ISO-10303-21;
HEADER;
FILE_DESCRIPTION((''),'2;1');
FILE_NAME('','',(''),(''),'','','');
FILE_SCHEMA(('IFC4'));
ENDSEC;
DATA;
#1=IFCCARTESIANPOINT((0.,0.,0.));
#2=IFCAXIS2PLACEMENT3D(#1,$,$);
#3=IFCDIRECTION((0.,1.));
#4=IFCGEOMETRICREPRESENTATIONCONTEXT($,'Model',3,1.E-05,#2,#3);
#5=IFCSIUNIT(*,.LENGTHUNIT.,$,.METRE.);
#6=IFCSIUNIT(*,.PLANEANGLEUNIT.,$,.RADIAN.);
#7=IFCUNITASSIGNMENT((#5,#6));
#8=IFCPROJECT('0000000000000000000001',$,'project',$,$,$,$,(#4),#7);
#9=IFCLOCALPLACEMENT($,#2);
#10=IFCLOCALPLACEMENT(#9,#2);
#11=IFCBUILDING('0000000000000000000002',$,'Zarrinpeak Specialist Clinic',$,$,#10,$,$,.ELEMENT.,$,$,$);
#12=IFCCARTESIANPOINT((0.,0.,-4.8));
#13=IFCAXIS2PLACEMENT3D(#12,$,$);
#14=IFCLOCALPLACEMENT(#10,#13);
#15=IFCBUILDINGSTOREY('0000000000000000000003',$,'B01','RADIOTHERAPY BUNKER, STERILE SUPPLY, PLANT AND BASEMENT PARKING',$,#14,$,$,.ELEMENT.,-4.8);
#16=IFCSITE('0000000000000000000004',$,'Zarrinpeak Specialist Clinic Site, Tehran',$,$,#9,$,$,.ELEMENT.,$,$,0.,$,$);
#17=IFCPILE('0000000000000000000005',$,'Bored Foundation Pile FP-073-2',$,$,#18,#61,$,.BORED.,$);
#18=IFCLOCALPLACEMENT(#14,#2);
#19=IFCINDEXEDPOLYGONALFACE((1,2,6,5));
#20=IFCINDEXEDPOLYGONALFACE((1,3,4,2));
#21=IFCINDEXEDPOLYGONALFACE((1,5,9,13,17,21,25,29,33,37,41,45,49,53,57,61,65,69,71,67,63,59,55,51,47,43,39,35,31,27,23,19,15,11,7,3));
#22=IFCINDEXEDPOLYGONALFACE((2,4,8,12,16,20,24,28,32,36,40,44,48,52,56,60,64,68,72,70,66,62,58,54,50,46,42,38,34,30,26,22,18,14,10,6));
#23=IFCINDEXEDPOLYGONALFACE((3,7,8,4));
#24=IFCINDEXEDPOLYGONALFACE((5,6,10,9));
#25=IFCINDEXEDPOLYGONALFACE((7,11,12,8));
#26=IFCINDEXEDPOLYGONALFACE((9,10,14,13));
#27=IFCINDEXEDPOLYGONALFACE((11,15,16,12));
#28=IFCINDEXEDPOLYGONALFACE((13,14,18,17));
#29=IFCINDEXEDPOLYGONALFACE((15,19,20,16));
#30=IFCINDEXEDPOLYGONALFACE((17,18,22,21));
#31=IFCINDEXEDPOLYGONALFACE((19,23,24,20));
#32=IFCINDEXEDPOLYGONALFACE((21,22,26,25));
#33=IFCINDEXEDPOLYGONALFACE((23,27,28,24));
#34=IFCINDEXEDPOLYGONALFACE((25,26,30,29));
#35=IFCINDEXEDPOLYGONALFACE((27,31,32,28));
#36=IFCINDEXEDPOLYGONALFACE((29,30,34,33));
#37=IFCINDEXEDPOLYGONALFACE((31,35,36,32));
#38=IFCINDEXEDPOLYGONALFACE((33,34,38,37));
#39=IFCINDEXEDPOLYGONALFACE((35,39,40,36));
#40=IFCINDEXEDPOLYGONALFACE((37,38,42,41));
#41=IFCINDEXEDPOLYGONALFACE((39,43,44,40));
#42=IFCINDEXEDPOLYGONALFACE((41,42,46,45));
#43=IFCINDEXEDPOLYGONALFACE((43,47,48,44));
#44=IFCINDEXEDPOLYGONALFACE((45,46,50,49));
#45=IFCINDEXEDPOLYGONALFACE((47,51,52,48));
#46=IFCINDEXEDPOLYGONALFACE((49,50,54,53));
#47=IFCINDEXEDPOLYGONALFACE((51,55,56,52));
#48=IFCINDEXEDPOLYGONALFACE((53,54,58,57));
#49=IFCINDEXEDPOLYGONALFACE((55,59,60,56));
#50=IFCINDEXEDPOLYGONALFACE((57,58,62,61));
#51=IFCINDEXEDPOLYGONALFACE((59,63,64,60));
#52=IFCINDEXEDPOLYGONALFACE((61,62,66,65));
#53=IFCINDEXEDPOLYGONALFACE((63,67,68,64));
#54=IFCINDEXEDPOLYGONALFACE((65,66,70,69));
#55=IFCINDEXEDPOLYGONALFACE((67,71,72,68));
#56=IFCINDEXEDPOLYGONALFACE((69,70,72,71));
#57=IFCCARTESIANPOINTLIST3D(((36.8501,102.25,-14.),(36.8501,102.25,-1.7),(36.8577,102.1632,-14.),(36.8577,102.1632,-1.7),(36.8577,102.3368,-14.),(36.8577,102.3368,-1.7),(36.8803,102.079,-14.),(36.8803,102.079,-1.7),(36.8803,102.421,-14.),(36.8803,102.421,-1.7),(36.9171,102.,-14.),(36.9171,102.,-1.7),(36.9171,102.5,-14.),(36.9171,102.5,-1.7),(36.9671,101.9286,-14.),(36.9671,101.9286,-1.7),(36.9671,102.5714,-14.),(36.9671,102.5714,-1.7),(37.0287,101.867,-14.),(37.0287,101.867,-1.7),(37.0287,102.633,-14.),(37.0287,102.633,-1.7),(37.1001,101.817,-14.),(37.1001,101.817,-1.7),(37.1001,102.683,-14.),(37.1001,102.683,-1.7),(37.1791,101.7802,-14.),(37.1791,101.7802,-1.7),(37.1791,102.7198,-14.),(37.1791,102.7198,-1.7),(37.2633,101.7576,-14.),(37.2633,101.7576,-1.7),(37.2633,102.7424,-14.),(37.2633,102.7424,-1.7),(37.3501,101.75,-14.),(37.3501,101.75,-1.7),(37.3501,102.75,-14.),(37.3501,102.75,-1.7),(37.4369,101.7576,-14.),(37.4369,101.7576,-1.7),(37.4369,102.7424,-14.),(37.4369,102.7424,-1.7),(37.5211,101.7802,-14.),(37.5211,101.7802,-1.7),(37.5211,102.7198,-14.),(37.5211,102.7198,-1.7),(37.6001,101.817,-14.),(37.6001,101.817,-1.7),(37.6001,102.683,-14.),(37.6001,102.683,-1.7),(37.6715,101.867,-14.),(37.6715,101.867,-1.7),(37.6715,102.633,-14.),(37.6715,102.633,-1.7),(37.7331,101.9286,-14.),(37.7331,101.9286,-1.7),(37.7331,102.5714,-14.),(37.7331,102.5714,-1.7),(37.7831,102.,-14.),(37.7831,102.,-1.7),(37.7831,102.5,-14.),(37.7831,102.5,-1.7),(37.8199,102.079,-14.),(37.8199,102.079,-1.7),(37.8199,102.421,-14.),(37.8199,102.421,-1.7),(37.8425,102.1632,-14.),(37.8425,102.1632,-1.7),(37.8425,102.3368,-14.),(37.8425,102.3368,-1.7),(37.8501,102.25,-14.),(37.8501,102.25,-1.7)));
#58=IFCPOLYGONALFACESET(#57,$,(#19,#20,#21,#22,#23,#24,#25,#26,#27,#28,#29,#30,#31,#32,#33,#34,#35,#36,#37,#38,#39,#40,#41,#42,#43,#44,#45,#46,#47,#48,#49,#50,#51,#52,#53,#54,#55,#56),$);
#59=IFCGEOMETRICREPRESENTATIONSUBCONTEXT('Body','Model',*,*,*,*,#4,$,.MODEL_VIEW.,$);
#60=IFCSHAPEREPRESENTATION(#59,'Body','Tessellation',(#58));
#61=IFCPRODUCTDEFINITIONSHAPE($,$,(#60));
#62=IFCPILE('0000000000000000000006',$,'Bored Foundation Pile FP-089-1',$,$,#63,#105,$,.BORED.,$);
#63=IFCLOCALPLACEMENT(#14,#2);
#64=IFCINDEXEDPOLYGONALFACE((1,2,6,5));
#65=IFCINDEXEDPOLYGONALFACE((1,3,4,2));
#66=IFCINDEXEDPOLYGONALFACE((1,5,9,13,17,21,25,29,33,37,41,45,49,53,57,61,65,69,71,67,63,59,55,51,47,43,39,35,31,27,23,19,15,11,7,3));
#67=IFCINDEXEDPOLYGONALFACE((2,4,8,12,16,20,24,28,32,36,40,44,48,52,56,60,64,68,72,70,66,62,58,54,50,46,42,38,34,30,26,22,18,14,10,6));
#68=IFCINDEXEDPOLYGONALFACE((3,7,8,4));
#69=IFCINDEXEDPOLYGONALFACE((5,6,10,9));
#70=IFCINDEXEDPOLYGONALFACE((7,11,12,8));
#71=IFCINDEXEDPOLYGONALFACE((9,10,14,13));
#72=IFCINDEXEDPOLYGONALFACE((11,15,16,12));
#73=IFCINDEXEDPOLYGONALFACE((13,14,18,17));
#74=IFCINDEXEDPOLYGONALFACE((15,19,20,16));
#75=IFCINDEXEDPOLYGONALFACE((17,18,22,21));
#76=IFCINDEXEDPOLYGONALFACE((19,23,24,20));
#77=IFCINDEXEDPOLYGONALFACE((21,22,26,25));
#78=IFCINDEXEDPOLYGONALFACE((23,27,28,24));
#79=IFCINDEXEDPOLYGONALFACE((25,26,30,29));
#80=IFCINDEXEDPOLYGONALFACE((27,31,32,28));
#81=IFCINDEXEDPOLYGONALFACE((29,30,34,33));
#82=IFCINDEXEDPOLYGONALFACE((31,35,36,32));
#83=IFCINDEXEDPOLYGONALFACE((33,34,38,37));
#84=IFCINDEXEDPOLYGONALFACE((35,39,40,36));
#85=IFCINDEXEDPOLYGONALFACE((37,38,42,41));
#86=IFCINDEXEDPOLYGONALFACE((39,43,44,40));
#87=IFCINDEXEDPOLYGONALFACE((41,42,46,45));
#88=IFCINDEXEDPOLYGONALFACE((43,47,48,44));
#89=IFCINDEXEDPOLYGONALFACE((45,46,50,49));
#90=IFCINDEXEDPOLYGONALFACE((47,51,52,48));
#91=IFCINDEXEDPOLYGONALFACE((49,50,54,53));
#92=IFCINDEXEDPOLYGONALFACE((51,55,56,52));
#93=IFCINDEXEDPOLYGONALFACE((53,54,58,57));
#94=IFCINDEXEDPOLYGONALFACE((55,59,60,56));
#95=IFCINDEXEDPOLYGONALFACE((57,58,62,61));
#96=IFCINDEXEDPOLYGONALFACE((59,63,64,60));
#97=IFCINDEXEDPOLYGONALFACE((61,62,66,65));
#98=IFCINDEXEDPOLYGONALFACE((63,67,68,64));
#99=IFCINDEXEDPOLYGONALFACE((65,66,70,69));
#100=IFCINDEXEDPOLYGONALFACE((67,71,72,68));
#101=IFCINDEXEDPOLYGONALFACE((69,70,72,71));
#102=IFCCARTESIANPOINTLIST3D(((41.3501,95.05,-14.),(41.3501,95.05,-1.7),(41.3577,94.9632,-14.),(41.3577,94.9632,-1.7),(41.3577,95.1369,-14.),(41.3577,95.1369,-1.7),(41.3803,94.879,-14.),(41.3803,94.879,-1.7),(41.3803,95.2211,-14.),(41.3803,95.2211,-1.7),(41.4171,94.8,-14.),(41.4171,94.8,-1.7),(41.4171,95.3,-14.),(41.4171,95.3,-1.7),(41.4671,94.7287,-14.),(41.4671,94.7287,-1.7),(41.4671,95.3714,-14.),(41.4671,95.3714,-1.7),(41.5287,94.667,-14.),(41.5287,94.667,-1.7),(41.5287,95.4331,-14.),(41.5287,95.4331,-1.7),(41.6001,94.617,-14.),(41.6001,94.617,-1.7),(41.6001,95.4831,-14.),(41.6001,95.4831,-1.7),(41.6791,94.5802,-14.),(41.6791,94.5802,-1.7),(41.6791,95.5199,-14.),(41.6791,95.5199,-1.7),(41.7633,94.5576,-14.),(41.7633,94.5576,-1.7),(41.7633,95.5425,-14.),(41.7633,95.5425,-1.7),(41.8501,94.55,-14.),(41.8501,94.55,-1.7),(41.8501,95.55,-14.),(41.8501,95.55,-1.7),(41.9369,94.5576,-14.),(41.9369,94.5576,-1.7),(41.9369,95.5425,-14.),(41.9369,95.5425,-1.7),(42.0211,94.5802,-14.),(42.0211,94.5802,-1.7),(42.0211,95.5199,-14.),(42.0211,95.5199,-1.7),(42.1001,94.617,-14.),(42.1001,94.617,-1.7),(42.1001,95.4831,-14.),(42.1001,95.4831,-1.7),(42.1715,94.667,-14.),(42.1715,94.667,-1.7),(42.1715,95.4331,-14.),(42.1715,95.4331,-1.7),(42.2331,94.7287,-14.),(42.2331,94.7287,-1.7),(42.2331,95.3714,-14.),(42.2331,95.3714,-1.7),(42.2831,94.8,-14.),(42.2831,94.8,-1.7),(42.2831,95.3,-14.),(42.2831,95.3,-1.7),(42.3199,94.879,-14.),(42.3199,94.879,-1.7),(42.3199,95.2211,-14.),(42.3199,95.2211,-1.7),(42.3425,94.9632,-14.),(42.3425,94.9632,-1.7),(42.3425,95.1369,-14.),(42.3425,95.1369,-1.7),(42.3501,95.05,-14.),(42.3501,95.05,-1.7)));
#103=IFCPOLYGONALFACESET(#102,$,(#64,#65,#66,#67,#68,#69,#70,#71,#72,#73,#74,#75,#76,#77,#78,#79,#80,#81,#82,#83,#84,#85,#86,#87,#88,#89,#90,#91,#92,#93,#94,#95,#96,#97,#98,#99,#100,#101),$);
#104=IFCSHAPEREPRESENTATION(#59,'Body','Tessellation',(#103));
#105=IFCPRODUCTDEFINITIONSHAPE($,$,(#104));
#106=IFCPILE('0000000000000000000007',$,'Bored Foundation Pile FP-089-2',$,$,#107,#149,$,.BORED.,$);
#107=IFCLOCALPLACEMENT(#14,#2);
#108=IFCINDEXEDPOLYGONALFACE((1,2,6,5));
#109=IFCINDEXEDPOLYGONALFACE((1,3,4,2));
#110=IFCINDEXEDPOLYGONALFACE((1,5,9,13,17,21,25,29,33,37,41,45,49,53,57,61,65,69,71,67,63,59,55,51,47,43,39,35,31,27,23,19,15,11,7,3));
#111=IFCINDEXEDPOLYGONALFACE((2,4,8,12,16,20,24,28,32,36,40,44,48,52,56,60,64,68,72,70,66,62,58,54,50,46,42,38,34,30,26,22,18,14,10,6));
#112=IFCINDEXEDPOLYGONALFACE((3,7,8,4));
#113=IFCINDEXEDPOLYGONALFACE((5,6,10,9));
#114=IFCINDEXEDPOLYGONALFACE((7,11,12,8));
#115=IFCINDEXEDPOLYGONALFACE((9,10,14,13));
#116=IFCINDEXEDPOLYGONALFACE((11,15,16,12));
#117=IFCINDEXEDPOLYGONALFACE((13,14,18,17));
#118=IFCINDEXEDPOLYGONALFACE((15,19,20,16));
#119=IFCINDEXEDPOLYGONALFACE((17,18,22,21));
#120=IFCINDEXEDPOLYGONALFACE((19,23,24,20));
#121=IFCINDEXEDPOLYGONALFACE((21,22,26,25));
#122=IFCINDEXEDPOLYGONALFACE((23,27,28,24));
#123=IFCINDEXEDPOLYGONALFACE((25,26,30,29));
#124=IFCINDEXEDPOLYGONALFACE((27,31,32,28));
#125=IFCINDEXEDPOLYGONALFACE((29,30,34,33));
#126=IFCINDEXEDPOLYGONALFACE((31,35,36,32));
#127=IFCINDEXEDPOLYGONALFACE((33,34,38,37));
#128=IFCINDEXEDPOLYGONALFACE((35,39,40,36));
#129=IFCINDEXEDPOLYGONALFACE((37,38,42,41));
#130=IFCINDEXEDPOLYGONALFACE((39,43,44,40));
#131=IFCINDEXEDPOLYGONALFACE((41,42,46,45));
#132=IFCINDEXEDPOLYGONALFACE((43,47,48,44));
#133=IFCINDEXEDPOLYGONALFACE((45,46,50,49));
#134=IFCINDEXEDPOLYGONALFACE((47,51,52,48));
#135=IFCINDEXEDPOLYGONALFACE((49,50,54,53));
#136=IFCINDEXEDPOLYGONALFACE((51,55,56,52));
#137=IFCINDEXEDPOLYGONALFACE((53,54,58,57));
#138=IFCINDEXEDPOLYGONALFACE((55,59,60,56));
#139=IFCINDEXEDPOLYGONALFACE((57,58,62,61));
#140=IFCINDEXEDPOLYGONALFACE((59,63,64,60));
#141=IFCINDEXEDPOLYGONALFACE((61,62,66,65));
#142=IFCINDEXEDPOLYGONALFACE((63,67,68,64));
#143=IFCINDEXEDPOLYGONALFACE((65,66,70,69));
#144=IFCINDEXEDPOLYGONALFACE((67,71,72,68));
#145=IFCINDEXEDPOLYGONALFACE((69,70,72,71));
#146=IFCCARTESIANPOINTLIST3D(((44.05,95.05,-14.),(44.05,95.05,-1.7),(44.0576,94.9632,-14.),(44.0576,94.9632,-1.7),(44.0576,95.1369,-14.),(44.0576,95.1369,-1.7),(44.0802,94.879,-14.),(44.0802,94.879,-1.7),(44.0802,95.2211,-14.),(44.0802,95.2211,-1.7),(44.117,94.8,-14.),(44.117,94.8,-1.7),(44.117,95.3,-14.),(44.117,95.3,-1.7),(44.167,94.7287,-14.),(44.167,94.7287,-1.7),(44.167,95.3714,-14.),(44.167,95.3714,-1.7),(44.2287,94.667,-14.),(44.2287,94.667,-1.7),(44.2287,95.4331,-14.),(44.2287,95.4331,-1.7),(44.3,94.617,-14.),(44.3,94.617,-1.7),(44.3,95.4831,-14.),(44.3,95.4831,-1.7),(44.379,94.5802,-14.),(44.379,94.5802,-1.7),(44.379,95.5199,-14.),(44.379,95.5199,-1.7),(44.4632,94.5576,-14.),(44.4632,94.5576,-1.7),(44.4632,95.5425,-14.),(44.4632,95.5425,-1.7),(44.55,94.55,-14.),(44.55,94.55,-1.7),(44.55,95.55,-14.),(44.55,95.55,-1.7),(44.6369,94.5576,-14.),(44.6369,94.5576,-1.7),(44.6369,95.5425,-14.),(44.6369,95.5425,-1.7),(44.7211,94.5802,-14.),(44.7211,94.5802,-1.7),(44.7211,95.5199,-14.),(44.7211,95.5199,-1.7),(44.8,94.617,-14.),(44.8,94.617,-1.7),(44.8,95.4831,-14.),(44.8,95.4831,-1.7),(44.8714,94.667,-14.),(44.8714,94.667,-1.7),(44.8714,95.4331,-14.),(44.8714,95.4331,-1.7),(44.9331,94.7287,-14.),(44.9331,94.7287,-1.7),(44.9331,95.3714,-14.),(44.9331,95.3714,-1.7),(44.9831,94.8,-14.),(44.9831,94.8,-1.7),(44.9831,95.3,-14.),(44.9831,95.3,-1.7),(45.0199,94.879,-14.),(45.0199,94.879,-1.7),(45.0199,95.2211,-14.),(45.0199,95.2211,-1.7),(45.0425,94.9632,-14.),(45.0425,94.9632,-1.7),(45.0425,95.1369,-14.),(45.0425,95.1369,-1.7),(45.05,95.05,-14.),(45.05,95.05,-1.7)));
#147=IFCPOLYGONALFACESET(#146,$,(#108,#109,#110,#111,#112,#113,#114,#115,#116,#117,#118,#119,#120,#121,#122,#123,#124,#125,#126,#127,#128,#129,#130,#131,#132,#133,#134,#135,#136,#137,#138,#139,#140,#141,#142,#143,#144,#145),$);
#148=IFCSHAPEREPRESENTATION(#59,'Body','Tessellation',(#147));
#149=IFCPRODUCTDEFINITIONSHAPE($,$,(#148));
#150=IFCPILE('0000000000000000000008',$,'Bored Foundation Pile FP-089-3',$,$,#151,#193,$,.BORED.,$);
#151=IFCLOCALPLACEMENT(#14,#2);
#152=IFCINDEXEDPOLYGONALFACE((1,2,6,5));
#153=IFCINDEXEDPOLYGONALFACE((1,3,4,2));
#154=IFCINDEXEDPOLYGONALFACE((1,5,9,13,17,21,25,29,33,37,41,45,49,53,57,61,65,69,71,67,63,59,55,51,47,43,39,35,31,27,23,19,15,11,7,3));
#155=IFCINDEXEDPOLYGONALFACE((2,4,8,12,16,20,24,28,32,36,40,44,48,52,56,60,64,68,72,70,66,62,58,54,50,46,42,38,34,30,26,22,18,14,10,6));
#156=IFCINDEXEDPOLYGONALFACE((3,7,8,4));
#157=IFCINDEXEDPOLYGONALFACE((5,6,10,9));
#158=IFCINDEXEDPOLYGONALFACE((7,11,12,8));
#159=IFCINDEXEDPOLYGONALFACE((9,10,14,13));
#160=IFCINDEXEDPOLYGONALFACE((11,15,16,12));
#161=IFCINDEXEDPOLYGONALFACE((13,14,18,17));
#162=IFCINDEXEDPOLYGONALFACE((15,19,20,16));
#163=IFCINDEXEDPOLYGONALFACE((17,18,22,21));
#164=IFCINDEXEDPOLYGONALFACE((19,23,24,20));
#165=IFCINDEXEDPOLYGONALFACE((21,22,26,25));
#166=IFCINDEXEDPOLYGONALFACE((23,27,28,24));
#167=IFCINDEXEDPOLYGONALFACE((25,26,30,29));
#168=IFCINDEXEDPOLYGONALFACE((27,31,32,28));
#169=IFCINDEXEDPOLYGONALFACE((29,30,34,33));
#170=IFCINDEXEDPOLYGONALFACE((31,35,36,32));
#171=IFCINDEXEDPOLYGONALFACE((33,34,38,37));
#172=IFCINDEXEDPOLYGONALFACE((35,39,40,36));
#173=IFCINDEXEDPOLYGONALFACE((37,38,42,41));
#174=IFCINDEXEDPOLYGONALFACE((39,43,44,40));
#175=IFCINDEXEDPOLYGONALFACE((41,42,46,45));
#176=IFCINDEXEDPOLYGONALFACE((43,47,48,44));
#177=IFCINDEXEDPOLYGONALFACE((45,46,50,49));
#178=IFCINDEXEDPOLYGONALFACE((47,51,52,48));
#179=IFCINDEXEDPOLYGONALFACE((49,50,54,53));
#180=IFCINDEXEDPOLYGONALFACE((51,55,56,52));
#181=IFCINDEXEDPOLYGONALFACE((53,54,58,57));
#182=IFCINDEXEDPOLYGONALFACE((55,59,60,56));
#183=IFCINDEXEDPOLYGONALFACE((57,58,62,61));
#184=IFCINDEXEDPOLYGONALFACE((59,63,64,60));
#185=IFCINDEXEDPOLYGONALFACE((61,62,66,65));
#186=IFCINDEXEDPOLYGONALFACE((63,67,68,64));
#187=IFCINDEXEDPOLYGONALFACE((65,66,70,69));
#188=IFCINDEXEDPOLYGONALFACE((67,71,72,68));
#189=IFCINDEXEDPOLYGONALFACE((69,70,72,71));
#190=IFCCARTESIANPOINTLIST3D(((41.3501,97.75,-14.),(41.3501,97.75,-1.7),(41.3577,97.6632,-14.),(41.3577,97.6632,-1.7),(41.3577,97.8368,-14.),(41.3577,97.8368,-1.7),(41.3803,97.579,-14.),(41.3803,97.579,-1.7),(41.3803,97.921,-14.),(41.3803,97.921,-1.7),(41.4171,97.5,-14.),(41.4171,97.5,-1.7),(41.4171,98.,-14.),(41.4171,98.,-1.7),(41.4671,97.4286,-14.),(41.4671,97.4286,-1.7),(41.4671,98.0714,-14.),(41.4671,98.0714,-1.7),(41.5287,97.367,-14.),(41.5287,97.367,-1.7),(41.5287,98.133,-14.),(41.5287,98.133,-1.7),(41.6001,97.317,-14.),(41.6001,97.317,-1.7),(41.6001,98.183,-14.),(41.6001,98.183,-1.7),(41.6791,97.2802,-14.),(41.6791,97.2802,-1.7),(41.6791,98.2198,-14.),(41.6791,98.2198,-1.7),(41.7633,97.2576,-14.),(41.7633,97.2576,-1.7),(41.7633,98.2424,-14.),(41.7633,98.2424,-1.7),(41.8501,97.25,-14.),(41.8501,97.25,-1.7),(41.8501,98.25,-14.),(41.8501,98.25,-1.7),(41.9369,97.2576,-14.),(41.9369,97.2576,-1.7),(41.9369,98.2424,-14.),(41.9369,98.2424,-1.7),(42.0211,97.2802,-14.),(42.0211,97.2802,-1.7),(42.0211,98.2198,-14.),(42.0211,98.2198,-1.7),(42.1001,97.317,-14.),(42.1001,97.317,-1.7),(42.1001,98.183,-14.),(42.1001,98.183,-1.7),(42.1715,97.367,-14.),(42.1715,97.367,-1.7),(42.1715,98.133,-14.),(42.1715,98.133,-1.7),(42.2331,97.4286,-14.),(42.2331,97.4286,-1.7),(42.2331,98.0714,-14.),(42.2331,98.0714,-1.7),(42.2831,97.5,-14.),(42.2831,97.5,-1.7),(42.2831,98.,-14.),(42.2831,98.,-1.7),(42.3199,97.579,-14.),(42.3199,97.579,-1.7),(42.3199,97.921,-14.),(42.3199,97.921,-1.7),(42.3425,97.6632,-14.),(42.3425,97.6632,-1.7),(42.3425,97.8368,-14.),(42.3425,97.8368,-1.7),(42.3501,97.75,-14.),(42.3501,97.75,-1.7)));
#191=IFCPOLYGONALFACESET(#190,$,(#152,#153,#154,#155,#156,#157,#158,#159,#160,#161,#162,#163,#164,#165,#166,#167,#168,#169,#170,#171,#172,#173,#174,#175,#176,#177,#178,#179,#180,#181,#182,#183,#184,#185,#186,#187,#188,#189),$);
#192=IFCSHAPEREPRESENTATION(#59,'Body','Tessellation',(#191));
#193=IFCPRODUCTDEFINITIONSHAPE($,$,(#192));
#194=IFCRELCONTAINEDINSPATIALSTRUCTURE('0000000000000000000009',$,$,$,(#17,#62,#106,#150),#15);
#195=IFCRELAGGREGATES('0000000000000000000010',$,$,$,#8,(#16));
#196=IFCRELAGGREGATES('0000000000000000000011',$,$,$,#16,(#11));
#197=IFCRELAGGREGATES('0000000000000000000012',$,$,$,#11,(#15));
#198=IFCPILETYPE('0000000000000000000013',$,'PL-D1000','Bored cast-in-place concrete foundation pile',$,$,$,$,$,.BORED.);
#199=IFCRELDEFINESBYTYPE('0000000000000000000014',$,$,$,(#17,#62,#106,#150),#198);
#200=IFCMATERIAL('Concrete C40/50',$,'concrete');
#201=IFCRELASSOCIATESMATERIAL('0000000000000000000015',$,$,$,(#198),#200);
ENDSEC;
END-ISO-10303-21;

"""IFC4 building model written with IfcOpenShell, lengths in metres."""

from ifc_helpers import new_model, si_unit, direction, frame, origin, origin_2d, place, context, subcontext, project, spatial, circle, extrude, material, material_profile, profile_set, type_object, element, save


model = new_model("IFC4")

# Units and contexts
model_context = context("Model", 3, precision=1e-05, world=origin(), true_north=direction((0.0, 1.0)))
body_context = subcontext(model_context, "Body", "Model", "MODEL_VIEW")
ifc_project = project(units=[si_unit("LENGTHUNIT", "METRE"), si_unit("PLANEANGLEUNIT", "RADIAN")], contexts=[model_context])

# Site, building, storey
site_placement = place(None, origin())
site = spatial("IfcSite", under=ifc_project, at=site_placement, Name="Zarrinpeak Specialist Clinic Site, Tehran", CompositionType="ELEMENT", RefElevation=0.0)
building_placement = place(site_placement, origin())
building = spatial("IfcBuilding", under=site, at=building_placement, Name="Zarrinpeak Specialist Clinic", CompositionType="ELEMENT")
storey_placement = place(building_placement, frame((0.0, 0.0, -4.8)))
storey = spatial("IfcBuildingStorey", under=building, at=storey_placement, Name="B01", Description="RADIOTHERAPY BUNKER, STERILE SUPPLY, PLANT AND BASEMENT PARKING", CompositionType="ELEMENT", Elevation=-4.8)

# Shared definitions
ifc_material_1 = material(Name="Concrete C40/50", Category="concrete")

# Piles
ifc_material_profile_1 = material_profile(ifc_material_1, circle(Radius=0.5, at=origin_2d()), Name="BORED PILE D1000")
ifc_profile_set_1 = profile_set([ifc_material_profile_1], Name="Concrete C40/50")
pile_type_1 = type_object("IfcPileType", Name="PL-D1000", Description="Bored cast-in-place concrete foundation pile", PredefinedType="BORED", material=ifc_profile_set_1)
for number, where, z_axis, x_axis, name in (
    (1, (37.3501, 102.25, -1.7), (0.0, 0.0, -1.0), (1.0, 0.0, 0.0), "Bored Foundation Pile FP-073-2"),
    (2, (41.8501, 95.05, -1.7), (0.0, 0.0, -1.0), (1.0, 0.0, 0.0), "Bored Foundation Pile FP-089-1"),
    (3, (44.55, 95.05, -1.7), (0.0, 0.0, -1.0), (1.0, 0.0, 0.0), "Bored Foundation Pile FP-089-2"),
    (4, (41.8501, 97.75, -1.7), (0.0, 0.0, -1.0), (1.0, 0.0, 0.0), "Bored Foundation Pile FP-089-3"),
):
    element("IfcPile", number, at=place(storey_placement, frame(where, z_axis=z_axis, x_axis=x_axis)), inside=storey, type_object=pile_type_1, Name=name, PredefinedType="BORED", context=body_context, shape_type="SweptSolid", body=[
        extrude(circle(Radius=0.5, at=origin_2d()), origin(), (0.0, 0.0, 1.0), 12.3),
    ])

save(model, "model.ifc")
